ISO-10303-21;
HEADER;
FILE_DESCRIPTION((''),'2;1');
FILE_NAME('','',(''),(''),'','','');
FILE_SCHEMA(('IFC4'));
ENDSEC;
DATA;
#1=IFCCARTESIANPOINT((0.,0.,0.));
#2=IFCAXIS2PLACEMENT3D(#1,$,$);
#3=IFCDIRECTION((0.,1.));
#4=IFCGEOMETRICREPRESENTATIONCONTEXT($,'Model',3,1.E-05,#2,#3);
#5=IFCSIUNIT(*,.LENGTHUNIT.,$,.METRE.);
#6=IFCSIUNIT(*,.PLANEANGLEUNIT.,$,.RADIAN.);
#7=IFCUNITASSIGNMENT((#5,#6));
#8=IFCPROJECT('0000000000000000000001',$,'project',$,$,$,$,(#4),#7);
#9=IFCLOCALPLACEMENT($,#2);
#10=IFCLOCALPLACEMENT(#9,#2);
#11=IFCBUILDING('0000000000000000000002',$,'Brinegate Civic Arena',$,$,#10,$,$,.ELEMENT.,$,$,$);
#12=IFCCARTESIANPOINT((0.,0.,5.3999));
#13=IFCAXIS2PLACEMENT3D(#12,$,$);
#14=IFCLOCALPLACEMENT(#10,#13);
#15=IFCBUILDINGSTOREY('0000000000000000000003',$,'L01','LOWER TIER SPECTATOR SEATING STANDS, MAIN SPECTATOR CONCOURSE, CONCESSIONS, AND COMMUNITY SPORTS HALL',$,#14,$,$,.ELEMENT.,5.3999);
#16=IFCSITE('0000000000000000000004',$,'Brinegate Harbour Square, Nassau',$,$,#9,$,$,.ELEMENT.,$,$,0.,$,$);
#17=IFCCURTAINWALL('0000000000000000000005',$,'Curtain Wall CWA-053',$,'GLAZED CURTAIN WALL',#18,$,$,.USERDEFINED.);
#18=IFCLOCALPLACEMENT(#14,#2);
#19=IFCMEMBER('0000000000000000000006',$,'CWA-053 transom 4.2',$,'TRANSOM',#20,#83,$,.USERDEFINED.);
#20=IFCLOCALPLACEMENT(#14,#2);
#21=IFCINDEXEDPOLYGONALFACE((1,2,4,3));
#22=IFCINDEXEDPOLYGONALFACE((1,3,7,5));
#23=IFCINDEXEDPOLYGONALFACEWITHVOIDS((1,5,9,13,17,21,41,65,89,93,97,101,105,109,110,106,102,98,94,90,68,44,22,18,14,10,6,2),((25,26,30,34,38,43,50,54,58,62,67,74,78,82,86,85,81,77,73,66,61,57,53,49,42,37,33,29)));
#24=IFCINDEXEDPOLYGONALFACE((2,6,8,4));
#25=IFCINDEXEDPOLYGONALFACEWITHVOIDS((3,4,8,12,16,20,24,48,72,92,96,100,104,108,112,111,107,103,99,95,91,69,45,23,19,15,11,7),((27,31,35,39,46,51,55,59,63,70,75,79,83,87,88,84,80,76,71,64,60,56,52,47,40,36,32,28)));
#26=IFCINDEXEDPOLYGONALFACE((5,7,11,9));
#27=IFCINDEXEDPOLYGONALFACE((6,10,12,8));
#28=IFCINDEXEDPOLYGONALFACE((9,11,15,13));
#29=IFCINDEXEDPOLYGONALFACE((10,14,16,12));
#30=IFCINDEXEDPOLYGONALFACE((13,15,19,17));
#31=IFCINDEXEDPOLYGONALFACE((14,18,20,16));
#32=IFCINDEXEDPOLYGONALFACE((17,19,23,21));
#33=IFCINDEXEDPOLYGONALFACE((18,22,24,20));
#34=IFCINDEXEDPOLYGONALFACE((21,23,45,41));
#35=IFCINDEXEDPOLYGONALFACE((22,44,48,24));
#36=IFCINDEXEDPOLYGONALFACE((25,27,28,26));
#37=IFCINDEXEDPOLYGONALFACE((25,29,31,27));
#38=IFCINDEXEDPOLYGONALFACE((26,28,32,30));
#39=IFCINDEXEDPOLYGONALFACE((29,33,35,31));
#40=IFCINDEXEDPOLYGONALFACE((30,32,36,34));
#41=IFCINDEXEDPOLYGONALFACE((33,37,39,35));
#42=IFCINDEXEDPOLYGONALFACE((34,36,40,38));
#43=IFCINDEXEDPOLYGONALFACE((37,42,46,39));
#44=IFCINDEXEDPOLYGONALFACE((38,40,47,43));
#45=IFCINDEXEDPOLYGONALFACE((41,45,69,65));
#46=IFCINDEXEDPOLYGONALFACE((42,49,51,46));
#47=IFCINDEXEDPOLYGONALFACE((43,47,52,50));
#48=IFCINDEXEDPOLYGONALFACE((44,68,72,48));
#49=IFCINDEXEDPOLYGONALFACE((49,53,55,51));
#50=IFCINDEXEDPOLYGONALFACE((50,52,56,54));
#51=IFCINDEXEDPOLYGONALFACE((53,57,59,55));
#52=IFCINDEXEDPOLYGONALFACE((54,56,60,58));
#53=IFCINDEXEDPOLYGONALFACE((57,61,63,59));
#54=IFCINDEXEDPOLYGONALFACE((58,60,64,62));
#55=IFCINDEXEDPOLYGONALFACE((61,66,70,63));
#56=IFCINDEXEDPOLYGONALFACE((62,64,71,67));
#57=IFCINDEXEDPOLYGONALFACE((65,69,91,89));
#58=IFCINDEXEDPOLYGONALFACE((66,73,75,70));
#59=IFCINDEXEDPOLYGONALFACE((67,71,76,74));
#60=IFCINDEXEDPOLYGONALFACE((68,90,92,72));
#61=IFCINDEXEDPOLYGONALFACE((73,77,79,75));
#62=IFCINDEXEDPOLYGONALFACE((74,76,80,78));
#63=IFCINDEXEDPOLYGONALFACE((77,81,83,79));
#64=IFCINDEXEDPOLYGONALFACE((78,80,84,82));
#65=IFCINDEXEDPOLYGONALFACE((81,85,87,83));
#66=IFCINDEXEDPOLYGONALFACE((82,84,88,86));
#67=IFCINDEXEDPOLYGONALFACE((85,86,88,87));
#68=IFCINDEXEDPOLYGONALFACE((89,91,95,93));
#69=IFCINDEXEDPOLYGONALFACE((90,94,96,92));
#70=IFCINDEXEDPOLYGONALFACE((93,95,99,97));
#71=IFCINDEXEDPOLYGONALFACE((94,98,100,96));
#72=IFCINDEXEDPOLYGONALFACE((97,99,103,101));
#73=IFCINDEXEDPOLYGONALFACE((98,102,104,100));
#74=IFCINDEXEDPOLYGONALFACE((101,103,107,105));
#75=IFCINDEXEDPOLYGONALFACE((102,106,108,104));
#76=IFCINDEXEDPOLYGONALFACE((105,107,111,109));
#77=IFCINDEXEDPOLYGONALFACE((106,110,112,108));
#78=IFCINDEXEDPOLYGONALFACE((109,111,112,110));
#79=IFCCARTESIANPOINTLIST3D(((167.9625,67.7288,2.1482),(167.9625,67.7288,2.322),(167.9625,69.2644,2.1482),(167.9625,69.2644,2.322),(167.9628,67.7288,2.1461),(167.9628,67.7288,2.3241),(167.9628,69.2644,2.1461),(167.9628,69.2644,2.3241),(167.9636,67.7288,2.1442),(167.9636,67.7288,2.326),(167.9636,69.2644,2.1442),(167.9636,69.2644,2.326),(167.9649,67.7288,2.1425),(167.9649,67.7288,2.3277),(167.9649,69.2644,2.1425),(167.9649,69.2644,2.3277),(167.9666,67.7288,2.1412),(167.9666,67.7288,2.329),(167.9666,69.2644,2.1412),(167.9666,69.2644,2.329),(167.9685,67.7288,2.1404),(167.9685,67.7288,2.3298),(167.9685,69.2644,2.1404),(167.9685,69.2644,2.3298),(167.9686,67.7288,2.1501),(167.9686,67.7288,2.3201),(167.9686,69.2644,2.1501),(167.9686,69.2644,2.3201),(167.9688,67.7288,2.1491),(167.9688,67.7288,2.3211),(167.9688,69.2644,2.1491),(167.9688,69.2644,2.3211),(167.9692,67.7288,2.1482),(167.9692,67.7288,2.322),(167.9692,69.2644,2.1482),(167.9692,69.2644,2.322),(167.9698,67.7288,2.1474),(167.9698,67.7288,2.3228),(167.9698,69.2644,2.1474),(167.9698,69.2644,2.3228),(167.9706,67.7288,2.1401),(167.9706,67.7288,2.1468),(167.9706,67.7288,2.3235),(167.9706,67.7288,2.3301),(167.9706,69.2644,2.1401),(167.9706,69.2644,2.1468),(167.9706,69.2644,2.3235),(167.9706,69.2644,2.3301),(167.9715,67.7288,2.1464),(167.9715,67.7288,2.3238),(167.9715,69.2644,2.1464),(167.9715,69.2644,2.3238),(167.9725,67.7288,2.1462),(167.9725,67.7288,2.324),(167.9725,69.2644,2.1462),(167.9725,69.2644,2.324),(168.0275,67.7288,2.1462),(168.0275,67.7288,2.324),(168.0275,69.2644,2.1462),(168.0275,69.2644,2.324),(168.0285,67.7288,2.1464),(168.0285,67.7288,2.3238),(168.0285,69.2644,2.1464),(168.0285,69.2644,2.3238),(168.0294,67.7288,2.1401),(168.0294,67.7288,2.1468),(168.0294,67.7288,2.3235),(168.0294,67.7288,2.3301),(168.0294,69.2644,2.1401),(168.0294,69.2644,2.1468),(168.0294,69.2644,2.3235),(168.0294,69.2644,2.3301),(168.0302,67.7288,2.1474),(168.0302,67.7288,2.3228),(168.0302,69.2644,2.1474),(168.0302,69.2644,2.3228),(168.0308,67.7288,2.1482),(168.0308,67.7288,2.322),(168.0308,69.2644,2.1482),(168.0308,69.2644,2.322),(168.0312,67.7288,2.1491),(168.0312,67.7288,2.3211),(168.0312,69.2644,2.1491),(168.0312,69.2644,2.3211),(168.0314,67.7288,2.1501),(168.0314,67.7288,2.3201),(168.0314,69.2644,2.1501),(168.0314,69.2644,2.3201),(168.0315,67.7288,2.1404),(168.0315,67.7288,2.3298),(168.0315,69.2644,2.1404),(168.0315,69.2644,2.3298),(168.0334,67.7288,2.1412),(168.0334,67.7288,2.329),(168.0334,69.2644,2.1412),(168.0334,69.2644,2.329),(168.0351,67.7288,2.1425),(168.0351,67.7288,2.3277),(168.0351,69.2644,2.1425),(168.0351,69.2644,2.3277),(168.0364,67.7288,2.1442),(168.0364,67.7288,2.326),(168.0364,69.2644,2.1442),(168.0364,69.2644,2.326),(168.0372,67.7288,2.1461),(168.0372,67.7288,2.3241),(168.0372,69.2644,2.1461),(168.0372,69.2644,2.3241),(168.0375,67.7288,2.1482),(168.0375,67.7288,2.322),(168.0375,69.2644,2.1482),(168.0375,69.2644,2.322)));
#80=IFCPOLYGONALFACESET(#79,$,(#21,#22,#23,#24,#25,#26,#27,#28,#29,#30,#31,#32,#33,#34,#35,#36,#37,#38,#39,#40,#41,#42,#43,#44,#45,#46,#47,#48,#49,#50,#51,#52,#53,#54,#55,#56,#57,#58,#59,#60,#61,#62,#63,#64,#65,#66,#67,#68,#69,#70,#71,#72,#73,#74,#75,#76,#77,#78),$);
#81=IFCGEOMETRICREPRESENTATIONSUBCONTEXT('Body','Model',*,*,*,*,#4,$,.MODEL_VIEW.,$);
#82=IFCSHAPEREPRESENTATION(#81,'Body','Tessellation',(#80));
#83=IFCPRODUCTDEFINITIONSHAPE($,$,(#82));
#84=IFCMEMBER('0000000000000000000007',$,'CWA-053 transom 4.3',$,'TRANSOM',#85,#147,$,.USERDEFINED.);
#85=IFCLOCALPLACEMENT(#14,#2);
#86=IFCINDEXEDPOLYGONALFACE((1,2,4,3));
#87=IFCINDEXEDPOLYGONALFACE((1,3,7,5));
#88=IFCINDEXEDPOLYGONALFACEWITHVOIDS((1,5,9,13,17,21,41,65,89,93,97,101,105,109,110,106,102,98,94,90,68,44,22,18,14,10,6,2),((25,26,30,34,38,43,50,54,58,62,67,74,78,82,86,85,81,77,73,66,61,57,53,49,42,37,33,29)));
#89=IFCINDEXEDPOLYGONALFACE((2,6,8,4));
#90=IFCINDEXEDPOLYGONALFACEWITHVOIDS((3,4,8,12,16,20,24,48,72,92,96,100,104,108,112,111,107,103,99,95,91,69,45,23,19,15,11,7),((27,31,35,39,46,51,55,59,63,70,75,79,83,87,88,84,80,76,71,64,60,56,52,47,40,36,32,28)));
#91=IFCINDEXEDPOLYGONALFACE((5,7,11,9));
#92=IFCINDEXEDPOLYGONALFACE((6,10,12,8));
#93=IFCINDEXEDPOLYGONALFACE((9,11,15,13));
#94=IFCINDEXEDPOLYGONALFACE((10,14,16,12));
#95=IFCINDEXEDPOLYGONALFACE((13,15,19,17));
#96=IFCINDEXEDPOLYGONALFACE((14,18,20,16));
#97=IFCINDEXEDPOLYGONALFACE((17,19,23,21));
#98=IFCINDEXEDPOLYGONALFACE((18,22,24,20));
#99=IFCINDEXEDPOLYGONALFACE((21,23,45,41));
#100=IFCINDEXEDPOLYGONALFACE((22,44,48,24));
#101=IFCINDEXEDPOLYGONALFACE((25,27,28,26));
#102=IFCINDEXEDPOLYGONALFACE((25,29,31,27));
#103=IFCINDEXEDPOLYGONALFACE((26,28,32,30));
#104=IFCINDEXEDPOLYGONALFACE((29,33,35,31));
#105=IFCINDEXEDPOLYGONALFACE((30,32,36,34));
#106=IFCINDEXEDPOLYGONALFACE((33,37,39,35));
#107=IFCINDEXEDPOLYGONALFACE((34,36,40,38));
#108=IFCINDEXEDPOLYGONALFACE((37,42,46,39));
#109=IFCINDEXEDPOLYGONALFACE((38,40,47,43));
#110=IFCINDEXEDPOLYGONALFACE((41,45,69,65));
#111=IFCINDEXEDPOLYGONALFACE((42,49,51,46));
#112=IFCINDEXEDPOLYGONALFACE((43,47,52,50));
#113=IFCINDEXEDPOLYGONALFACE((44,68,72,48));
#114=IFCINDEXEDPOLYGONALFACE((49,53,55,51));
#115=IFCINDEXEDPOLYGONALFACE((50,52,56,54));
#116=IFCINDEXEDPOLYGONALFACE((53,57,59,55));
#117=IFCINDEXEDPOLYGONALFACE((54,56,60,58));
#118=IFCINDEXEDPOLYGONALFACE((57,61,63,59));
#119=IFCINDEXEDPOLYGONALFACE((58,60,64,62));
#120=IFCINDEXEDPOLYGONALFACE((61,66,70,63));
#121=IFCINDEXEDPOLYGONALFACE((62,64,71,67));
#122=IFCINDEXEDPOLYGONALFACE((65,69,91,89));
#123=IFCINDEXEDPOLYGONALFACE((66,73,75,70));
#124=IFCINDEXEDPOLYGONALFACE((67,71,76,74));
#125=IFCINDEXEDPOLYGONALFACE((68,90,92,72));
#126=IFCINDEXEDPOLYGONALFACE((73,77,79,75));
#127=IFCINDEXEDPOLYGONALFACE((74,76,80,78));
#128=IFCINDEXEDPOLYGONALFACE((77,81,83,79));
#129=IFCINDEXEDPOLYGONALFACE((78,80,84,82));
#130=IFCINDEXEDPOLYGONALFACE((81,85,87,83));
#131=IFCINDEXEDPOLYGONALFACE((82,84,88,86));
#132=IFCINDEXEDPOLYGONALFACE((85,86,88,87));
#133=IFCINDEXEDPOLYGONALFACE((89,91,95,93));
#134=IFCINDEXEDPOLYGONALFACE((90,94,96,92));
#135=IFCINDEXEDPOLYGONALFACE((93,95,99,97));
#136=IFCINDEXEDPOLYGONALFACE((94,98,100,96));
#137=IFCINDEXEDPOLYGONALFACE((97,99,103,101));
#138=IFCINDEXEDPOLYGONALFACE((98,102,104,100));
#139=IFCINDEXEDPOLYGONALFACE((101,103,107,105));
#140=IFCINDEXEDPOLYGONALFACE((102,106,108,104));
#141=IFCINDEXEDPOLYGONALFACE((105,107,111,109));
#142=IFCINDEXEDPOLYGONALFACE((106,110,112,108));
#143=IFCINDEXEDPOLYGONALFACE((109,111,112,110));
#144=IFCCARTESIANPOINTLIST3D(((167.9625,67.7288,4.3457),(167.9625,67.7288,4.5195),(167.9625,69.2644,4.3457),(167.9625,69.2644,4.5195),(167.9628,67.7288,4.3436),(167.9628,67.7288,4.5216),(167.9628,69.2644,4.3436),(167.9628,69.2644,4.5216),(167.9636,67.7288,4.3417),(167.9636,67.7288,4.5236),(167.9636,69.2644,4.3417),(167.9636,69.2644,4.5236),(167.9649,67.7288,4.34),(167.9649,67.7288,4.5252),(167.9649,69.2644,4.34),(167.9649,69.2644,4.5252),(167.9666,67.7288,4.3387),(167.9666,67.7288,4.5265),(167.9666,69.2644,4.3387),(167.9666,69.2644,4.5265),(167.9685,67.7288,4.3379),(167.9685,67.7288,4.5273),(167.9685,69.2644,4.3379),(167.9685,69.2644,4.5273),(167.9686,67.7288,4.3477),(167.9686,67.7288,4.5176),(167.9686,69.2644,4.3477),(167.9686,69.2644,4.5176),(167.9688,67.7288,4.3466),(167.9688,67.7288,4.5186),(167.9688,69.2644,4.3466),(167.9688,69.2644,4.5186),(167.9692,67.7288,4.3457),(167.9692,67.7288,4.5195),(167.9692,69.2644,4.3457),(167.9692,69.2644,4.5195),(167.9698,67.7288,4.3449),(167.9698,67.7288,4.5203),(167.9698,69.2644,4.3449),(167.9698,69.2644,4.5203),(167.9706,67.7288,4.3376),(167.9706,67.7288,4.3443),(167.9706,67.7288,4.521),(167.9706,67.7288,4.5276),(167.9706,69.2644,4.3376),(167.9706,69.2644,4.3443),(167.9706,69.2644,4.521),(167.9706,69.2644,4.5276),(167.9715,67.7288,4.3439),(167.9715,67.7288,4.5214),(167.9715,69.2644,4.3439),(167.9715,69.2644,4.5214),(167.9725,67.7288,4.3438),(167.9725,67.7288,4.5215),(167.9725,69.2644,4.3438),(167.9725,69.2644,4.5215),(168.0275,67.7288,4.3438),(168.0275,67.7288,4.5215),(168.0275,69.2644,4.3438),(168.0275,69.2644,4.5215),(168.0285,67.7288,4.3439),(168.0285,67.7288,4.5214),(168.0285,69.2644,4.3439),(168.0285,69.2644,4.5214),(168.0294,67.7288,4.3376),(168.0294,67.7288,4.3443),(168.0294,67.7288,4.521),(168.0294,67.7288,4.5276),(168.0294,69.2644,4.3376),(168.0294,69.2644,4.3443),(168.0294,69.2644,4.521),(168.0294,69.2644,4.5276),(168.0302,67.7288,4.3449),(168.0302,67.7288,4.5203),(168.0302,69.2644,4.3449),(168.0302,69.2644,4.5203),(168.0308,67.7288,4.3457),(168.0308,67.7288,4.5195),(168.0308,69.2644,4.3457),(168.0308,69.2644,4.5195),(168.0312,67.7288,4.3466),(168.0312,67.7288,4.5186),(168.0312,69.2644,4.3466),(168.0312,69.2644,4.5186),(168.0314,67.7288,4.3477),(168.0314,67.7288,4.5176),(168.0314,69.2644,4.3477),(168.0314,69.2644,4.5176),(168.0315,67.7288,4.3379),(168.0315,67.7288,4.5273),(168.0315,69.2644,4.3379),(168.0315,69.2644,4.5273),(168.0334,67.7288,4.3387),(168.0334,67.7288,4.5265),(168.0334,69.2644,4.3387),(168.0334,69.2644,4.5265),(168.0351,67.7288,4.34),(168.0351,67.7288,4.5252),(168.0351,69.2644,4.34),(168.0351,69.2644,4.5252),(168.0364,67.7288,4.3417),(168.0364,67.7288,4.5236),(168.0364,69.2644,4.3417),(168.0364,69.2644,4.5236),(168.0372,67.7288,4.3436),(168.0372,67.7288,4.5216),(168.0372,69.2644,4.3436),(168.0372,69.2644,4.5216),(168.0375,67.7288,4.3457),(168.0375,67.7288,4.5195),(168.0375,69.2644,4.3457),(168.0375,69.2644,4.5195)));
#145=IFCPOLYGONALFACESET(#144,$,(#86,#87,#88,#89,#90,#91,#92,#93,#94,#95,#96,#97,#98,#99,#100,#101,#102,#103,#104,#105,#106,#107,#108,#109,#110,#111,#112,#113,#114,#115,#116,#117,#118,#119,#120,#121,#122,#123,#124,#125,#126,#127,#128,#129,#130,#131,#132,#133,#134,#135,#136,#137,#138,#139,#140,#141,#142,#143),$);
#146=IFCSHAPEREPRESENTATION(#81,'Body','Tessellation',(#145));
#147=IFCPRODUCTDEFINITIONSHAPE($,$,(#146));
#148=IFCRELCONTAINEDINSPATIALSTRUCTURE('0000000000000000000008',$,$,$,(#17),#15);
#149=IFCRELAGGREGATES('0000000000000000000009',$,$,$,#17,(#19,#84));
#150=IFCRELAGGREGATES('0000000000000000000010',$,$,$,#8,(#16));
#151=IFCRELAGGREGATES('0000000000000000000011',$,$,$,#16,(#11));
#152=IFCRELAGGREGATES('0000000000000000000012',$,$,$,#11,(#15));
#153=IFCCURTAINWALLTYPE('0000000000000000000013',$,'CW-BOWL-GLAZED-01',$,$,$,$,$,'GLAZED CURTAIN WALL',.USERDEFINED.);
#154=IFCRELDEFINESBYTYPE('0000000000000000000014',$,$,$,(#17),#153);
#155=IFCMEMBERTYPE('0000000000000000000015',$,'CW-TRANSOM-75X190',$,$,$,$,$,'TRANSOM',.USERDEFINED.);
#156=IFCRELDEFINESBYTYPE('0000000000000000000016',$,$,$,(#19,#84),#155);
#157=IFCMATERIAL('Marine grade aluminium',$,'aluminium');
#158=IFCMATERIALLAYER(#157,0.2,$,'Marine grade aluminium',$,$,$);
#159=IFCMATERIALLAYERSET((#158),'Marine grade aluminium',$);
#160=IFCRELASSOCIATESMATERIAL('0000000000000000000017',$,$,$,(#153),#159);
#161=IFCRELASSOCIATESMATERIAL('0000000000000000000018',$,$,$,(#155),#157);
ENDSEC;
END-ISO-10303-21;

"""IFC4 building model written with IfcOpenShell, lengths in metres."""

from ifc_helpers import new_model, si_unit, direction, frame, origin, origin_2d, place, context, subcontext, project, spatial, hollow_rectangle, extrude, material, layer, layer_set, material_profile, profile_set, type_object, element, aggregate, save


model = new_model("IFC4")

# Units and contexts
model_context = context("Model", 3, precision=1e-05, world=origin(), true_north=direction((0.0, 1.0)))
body_context = subcontext(model_context, "Body", "Model", "MODEL_VIEW")
ifc_project = project(units=[si_unit("LENGTHUNIT", "METRE"), si_unit("PLANEANGLEUNIT", "RADIAN")], contexts=[model_context])

# Site, building, storey
site_placement = place(None, origin())
site = spatial("IfcSite", under=ifc_project, at=site_placement, Name="Brinegate Harbour Square, Nassau", CompositionType="ELEMENT", RefElevation=0.0)
building_placement = place(site_placement, origin())
building = spatial("IfcBuilding", under=site, at=building_placement, Name="Brinegate Civic Arena", CompositionType="ELEMENT")
storey_placement = place(building_placement, frame((0.0, 0.0, 5.3999)))
storey = spatial("IfcBuildingStorey", under=building, at=storey_placement, Name="L01", Description="LOWER TIER SPECTATOR SEATING STANDS, MAIN SPECTATOR CONCOURSE, CONCESSIONS, AND COMMUNITY SPORTS HALL", CompositionType="ELEMENT", Elevation=5.3999)

# Shared definitions
ifc_material_1 = material(Name="Marine grade aluminium", Category="aluminium")
ifc_layer_1 = layer(ifc_material_1, 0.2, Name="Marine grade aluminium")
ifc_layer_set_1 = layer_set([ifc_layer_1], Name="Marine grade aluminium")
curtain_wall_type = type_object("IfcCurtainWallType", Name="CW-BOWL-GLAZED-01", ElementType="GLAZED CURTAIN WALL", PredefinedType="USERDEFINED", material=ifc_layer_set_1)

# Curtain wall
curtain_wall_1_placement = place(storey_placement, origin())
curtain_wall_1 = element("IfcCurtainWall", 1, at=curtain_wall_1_placement, inside=storey, type_object=curtain_wall_type, Name="Curtain Wall CWA-053", ObjectType="GLAZED CURTAIN WALL", PredefinedType="USERDEFINED")

# Members
ifc_material_profile_1 = material_profile(ifc_material_1, hollow_rectangle(XDim=0.075, YDim=0.1899, WallThickness=0.0061, InnerFilletRadius=0.0039, OuterFilletRadius=0.0081, at=origin_2d()), Name="TRN75X190")
ifc_profile_set_1 = profile_set([ifc_material_profile_1], Name="Marine grade aluminium")
member_type_1 = type_object("IfcMemberType", Name="CW-TRANSOM-75X190", ElementType="TRANSOM", PredefinedType="USERDEFINED", material=ifc_profile_set_1)
member_1_placement = place(storey_placement, frame((168.0, 67.7288, 2.2351), z_axis=(0.0, 1.0, 0.0), x_axis=(-1.0, 0.0, 0.0)))
member_1 = element("IfcMember", 2, at=member_1_placement, type_object=member_type_1, Name="CWA-053 transom 4.2", ObjectType="TRANSOM", PredefinedType="USERDEFINED", context=body_context, shape_type="SweptSolid", body=[
    extrude(hollow_rectangle(XDim=0.075, YDim=0.1899, WallThickness=0.0061, InnerFilletRadius=0.0039, OuterFilletRadius=0.0081, at=origin_2d()), origin(), (0.0, 0.0, 1.0), 1.5356),
])
member_2_placement = place(storey_placement, frame((168.0, 67.7288, 4.4326), z_axis=(0.0, 1.0, 0.0), x_axis=(-1.0, 0.0, 0.0)))
member_2 = element("IfcMember", 3, at=member_2_placement, type_object=member_type_1, Name="CWA-053 transom 4.3", ObjectType="TRANSOM", PredefinedType="USERDEFINED", context=body_context, shape_type="SweptSolid", body=[
    extrude(hollow_rectangle(XDim=0.075, YDim=0.1899, WallThickness=0.0061, InnerFilletRadius=0.0039, OuterFilletRadius=0.0081, at=origin_2d()), origin(), (0.0, 0.0, 1.0), 1.5356),
])

aggregate(curtain_wall_1, [member_1, member_2])

save(model, "model.ifc")
